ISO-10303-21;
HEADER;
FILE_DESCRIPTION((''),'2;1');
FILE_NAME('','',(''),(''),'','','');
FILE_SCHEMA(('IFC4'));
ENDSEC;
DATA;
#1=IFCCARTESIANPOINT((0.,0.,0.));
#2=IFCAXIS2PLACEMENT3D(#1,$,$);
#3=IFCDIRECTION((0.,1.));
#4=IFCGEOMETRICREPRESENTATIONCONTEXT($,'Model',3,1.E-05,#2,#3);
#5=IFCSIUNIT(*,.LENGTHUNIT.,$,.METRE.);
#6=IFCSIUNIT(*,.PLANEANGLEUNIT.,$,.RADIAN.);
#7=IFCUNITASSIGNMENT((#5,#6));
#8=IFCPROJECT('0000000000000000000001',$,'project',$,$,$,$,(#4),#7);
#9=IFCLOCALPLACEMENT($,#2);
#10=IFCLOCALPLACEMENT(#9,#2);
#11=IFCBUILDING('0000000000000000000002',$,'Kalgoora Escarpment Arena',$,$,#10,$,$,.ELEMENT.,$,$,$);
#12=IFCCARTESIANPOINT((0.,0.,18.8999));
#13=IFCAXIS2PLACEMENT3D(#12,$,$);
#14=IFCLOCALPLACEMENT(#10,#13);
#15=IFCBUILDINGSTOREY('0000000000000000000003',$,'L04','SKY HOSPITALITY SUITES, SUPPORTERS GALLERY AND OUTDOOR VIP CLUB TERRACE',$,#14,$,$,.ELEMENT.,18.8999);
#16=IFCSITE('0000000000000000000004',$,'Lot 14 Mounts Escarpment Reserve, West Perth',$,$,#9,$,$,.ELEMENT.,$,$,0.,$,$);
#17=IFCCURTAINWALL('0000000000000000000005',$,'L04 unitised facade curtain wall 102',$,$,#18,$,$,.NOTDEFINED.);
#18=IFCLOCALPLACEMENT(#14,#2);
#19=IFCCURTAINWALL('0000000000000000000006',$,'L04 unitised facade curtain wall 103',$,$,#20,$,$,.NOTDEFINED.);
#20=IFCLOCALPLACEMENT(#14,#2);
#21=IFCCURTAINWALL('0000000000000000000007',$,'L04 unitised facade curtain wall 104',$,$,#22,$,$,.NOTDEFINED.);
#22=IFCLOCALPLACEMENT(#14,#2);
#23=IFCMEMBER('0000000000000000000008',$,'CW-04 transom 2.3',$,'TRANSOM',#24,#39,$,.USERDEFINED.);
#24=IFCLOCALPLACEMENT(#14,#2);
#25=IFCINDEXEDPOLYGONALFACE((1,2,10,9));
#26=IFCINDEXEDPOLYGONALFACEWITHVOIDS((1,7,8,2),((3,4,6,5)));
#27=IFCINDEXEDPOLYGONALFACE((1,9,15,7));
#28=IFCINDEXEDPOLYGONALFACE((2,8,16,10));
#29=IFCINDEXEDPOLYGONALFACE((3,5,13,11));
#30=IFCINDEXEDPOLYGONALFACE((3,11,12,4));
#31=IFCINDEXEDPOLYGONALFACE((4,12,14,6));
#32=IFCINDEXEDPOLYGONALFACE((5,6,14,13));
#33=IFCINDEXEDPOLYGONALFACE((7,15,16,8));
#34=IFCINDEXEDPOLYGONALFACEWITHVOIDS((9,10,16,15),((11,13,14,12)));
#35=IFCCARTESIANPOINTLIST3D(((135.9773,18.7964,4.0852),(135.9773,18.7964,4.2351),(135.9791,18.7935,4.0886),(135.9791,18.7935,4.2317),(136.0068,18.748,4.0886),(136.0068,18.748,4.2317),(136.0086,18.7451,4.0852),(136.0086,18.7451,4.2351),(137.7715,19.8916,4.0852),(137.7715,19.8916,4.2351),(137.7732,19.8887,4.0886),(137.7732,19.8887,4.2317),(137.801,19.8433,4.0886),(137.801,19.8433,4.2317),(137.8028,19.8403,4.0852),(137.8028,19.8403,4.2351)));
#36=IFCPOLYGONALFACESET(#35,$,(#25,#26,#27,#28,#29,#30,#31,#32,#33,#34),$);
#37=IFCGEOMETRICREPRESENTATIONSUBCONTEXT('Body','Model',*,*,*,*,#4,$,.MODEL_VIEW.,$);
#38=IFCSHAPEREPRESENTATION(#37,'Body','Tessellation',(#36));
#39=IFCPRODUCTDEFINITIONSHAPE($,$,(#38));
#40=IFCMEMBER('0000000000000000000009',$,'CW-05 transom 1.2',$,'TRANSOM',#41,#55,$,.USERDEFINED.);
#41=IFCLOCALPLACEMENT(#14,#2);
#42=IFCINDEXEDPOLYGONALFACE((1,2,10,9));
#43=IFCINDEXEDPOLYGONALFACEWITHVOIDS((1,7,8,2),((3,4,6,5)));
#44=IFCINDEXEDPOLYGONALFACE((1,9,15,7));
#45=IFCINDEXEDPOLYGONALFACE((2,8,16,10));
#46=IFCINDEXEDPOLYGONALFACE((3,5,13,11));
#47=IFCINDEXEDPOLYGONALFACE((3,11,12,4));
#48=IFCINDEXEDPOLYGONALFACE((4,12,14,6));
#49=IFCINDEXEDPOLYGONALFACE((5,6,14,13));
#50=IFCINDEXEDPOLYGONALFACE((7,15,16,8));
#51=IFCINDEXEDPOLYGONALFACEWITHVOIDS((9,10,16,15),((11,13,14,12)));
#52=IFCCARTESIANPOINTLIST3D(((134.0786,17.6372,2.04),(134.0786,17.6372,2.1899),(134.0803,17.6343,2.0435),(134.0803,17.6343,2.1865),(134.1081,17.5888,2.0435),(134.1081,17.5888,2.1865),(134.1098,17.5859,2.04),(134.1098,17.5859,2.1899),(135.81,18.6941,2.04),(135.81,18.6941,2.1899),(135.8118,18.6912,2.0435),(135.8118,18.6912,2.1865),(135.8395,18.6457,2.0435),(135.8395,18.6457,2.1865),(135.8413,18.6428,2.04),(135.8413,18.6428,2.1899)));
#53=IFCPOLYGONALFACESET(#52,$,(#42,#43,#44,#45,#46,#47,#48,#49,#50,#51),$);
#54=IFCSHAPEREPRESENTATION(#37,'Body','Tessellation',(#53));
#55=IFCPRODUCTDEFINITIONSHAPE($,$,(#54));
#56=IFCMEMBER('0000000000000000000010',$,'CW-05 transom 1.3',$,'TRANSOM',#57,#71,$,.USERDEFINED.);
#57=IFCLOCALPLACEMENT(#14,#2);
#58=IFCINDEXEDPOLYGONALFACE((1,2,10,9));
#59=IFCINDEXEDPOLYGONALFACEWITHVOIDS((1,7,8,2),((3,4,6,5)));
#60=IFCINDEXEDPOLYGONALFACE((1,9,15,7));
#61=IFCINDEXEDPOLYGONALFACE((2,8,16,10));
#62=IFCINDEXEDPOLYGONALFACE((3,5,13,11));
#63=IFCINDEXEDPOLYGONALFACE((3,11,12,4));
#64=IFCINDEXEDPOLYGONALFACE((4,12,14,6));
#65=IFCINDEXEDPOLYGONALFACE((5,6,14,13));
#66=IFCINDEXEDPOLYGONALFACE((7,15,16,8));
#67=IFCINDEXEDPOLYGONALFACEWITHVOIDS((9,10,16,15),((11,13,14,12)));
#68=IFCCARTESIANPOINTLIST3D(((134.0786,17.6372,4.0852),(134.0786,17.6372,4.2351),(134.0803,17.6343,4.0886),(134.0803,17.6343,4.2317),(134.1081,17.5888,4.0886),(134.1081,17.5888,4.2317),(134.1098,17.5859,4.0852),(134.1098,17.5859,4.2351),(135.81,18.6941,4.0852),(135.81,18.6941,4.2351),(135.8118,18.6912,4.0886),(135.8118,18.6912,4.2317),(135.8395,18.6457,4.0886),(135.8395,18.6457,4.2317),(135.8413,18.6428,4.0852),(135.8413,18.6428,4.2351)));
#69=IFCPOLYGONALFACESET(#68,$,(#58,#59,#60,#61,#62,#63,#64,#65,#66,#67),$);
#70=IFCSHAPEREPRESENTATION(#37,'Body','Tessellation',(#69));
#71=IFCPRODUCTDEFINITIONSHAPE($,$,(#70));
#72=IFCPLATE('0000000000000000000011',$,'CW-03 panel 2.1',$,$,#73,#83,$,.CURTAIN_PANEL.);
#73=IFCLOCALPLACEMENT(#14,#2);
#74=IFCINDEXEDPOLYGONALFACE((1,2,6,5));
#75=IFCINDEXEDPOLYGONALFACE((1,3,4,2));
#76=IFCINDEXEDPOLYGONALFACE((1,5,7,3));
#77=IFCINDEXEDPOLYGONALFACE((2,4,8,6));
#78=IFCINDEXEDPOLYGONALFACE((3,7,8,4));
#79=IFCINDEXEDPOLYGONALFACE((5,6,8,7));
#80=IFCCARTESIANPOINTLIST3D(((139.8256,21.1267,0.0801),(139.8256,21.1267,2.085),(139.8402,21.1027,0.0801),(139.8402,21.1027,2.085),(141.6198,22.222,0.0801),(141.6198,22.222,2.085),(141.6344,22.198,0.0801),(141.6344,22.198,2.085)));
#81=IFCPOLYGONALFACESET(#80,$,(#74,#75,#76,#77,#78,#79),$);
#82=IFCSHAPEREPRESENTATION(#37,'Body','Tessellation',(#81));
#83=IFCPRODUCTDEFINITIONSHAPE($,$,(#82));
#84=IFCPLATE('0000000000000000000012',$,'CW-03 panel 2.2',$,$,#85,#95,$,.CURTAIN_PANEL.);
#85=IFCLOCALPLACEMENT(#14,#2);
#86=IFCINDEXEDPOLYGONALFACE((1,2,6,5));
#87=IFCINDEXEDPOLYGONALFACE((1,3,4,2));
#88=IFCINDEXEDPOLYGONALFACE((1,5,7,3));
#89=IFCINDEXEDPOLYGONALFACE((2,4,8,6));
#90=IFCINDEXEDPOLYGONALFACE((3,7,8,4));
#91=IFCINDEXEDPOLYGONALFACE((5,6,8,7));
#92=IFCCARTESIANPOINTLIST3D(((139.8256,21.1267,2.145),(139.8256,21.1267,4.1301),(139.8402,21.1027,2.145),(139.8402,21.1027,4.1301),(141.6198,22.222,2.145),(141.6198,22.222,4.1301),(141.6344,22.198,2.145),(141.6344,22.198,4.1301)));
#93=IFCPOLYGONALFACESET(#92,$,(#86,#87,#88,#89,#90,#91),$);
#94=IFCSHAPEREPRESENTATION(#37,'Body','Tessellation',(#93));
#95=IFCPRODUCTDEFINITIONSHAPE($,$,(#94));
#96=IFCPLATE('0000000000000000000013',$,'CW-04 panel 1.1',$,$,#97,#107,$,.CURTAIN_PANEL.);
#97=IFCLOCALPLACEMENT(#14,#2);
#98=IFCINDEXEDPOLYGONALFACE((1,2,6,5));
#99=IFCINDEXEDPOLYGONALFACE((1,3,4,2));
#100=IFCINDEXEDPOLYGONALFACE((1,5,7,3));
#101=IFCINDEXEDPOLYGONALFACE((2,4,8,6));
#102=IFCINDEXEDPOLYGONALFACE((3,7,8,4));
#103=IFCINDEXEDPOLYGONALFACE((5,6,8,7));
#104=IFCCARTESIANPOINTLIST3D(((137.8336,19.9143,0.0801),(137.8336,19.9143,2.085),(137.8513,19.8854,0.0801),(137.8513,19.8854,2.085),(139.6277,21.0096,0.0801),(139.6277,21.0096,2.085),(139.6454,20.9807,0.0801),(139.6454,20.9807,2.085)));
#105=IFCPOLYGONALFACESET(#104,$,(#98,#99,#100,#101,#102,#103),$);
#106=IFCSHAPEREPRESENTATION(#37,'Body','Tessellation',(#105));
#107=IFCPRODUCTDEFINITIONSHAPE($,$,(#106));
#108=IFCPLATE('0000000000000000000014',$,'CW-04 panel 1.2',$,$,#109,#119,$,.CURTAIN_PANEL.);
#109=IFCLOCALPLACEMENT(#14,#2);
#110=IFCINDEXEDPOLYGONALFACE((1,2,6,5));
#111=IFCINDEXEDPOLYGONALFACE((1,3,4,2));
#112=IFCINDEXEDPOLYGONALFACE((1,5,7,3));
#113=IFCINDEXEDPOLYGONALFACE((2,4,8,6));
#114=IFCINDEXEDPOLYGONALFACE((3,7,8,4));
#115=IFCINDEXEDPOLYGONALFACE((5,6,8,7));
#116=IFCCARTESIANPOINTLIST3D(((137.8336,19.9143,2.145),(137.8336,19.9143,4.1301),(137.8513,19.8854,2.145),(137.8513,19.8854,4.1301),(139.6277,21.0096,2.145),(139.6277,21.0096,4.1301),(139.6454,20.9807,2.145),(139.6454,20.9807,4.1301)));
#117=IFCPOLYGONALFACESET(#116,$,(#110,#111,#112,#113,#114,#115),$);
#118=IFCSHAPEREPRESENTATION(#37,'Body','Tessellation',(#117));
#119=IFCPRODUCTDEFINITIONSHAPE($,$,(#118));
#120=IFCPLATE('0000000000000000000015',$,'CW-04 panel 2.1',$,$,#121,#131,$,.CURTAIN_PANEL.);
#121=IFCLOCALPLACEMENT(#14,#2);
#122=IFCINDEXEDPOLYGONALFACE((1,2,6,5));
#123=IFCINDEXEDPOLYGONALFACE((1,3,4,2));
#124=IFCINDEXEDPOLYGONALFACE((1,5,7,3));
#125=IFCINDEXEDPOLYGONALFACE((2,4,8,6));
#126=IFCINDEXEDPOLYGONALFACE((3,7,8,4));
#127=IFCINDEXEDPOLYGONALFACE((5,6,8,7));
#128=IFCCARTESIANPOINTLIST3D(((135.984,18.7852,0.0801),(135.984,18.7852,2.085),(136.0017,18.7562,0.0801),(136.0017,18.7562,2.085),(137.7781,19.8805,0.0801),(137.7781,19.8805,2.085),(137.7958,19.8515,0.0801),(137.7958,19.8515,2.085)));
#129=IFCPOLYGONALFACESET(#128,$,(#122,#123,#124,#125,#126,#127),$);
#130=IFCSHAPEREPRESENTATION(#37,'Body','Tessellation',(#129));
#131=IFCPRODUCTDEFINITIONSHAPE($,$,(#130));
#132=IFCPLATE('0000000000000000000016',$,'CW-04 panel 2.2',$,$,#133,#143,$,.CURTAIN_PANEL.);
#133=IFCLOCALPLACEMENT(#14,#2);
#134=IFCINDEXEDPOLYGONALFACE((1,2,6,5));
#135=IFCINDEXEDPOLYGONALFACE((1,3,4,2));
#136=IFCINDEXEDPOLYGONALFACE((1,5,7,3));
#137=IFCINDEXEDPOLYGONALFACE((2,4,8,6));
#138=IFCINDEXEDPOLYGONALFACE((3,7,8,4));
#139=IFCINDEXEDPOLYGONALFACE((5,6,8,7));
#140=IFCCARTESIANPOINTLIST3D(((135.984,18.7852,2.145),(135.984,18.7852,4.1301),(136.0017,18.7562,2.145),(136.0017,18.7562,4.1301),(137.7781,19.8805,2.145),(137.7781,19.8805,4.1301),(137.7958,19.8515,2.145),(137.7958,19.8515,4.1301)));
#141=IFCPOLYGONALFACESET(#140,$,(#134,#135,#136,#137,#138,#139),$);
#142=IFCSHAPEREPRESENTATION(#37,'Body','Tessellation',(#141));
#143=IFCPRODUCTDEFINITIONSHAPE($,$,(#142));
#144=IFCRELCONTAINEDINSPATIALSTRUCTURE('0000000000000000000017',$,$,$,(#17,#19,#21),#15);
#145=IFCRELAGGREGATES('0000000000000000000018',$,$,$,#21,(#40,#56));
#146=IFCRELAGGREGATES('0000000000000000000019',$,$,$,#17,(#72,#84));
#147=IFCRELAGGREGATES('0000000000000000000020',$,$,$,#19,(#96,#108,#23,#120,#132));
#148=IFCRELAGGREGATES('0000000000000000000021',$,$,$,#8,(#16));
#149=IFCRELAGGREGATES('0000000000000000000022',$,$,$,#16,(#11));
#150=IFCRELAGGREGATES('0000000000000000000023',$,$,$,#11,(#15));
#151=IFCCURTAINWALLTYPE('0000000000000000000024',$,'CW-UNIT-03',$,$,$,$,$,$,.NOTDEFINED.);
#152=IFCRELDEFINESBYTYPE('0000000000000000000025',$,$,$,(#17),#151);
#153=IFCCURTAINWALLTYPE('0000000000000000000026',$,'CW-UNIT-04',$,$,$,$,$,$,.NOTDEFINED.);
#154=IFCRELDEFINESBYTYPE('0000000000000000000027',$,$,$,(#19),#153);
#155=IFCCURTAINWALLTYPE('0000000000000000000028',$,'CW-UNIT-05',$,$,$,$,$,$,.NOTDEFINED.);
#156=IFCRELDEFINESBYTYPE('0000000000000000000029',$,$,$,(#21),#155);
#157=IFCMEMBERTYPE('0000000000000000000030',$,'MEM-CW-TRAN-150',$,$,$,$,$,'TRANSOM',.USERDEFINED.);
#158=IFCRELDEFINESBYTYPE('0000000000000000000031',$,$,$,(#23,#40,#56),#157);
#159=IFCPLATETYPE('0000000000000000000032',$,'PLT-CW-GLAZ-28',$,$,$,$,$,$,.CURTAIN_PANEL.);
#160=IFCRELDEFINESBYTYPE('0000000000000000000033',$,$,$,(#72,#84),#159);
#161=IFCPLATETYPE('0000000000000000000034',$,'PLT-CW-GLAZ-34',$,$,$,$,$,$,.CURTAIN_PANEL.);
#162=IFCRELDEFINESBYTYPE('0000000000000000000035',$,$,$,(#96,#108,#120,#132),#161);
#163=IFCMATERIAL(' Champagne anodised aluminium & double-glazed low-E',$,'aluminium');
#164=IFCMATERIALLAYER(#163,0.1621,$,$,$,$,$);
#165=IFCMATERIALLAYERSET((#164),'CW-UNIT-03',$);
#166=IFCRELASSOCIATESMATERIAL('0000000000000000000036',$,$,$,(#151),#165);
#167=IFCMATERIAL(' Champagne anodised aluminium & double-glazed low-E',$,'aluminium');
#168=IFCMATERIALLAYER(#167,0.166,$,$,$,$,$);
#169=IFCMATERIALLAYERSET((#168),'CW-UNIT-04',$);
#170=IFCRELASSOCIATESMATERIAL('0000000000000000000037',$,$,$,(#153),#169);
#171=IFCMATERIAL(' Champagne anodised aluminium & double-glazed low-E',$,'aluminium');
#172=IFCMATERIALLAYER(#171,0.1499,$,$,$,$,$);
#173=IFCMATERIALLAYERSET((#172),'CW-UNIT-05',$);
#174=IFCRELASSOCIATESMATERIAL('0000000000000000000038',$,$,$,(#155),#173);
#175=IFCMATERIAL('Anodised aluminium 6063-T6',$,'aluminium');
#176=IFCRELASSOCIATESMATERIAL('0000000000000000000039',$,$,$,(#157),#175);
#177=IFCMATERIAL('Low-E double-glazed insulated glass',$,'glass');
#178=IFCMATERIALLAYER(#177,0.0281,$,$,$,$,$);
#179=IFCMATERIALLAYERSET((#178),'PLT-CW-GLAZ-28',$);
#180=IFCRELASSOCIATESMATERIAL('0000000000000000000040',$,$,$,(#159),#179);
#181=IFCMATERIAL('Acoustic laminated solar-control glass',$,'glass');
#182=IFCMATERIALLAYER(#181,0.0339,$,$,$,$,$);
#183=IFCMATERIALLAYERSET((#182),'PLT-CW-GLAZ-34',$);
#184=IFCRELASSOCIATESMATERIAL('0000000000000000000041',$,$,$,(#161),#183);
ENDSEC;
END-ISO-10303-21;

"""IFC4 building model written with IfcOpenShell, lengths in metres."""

from ifc_helpers import new_model, si_unit, direction, frame, origin, origin_2d, place, context, subcontext, project, spatial, rectangle, hollow_rectangle, extrude, material, layer, layer_set, material_profile, profile_set, type_object, element, aggregate, save


model = new_model("IFC4")

# Units and contexts
model_context = context("Model", 3, precision=1e-05, world=origin(), true_north=direction((0.0, 1.0)))
body_context = subcontext(model_context, "Body", "Model", "MODEL_VIEW")
ifc_project = project(units=[si_unit("LENGTHUNIT", "METRE"), si_unit("PLANEANGLEUNIT", "RADIAN")], contexts=[model_context])

# Site, building, storey
site_placement = place(None, origin())
site = spatial("IfcSite", under=ifc_project, at=site_placement, Name="Lot 14 Mounts Escarpment Reserve, West Perth", CompositionType="ELEMENT", RefElevation=0.0)
building_placement = place(site_placement, origin())
building = spatial("IfcBuilding", under=site, at=building_placement, Name="Kalgoora Escarpment Arena", CompositionType="ELEMENT")
storey_placement = place(building_placement, frame((0.0, 0.0, 18.8999)))
storey = spatial("IfcBuildingStorey", under=building, at=storey_placement, Name="L04", Description="SKY HOSPITALITY SUITES, SUPPORTERS GALLERY AND OUTDOOR VIP CLUB TERRACE", CompositionType="ELEMENT", Elevation=18.8999)

# Curtain wall
ifc_material_1 = material(Name=" Champagne anodised aluminium & double-glazed low-E", Category="aluminium")
ifc_layer_1 = layer(ifc_material_1, 0.1621)
ifc_layer_set_1 = layer_set([ifc_layer_1], Name="CW-UNIT-03")
curtain_wall_type_1 = type_object("IfcCurtainWallType", Name="CW-UNIT-03", PredefinedType="NOTDEFINED", material=ifc_layer_set_1)
curtain_wall_1_placement = place(storey_placement, origin())
curtain_wall_1 = element("IfcCurtainWall", 1, at=curtain_wall_1_placement, inside=storey, type_object=curtain_wall_type_1, Name="L04 unitised facade curtain wall 102", PredefinedType="NOTDEFINED")

# Curtain wall
ifc_material_2 = material(Name=" Champagne anodised aluminium & double-glazed low-E", Category="aluminium")
ifc_layer_2 = layer(ifc_material_2, 0.166)
ifc_layer_set_2 = layer_set([ifc_layer_2], Name="CW-UNIT-04")
curtain_wall_type_2 = type_object("IfcCurtainWallType", Name="CW-UNIT-04", PredefinedType="NOTDEFINED", material=ifc_layer_set_2)
curtain_wall_2_placement = place(storey_placement, origin())
curtain_wall_2 = element("IfcCurtainWall", 2, at=curtain_wall_2_placement, inside=storey, type_object=curtain_wall_type_2, Name="L04 unitised facade curtain wall 103", PredefinedType="NOTDEFINED")

# Curtain wall
ifc_material_3 = material(Name=" Champagne anodised aluminium & double-glazed low-E", Category="aluminium")
ifc_layer_3 = layer(ifc_material_3, 0.1499)
ifc_layer_set_3 = layer_set([ifc_layer_3], Name="CW-UNIT-05")
curtain_wall_type_3 = type_object("IfcCurtainWallType", Name="CW-UNIT-05", PredefinedType="NOTDEFINED", material=ifc_layer_set_3)
curtain_wall_3_placement = place(storey_placement, origin())
curtain_wall_3 = element("IfcCurtainWall", 3, at=curtain_wall_3_placement, inside=storey, type_object=curtain_wall_type_3, Name="L04 unitised facade curtain wall 104", PredefinedType="NOTDEFINED")

# Members
ifc_material_4 = material(Name="Anodised aluminium 6063-T6", Category="aluminium")
ifc_material_profile_1 = material_profile(ifc_material_4, hollow_rectangle(XDim=0.0601, YDim=0.1499, WallThickness=0.0034, at=origin_2d()))
ifc_profile_set_1 = profile_set([ifc_material_profile_1], Name="Anodised aluminium 6063-T6")
member_type_1 = type_object("IfcMemberType", Name="MEM-CW-TRAN-150", ElementType="TRANSOM", PredefinedType="USERDEFINED", material=ifc_profile_set_1)
member_1_placement = place(storey_placement, frame((137.7871, 19.866, 4.1602), z_axis=(-0.853543, -0.521022, 0.0), x_axis=(0.521022, -0.853543, 0.0)))
member_1 = element("IfcMember", 4, at=member_1_placement, type_object=member_type_1, Name="CW-04 transom 2.3", ObjectType="TRANSOM", PredefinedType="USERDEFINED", context=body_context, shape_type="SweptSolid", body=[
    extrude(hollow_rectangle(XDim=0.0601, YDim=0.1499, WallThickness=0.0034, at=origin_2d()), origin(), (0.0, 0.0, 1.0), 2.1021),
])
member_2_placement = place(storey_placement, frame((135.8257, 18.6685, 2.115), z_axis=(-0.853549, -0.521012, 0.0), x_axis=(0.521012, -0.853549, 0.0)))
member_2 = element("IfcMember", 5, at=member_2_placement, type_object=member_type_1, Name="CW-05 transom 1.2", ObjectType="TRANSOM", PredefinedType="USERDEFINED", context=body_context, shape_type="SweptSolid", body=[
    extrude(hollow_rectangle(XDim=0.0601, YDim=0.1499, WallThickness=0.0034, at=origin_2d()), origin(), (0.0, 0.0, 1.0), 2.0286),
])
member_3_placement = place(storey_placement, frame((135.8257, 18.6685, 4.1602), z_axis=(-0.853549, -0.521012, 0.0), x_axis=(0.521012, -0.853549, 0.0)))
member_3 = element("IfcMember", 6, at=member_3_placement, type_object=member_type_1, Name="CW-05 transom 1.3", ObjectType="TRANSOM", PredefinedType="USERDEFINED", context=body_context, shape_type="SweptSolid", body=[
    extrude(hollow_rectangle(XDim=0.0601, YDim=0.1499, WallThickness=0.0034, at=origin_2d()), origin(), (0.0, 0.0, 1.0), 2.0286),
])
aggregate(curtain_wall_3, [member_2, member_3])

# Plates
ifc_material_5 = material(Name="Low-E double-glazed insulated glass", Category="glass")
ifc_layer_4 = layer(ifc_material_5, 0.0281)
ifc_layer_set_4 = layer_set([ifc_layer_4], Name="PLT-CW-GLAZ-28")
plate_type_1 = type_object("IfcPlateType", Name="PLT-CW-GLAZ-28", PredefinedType="CURTAIN_PANEL", material=ifc_layer_set_4)
plate_1_placement = place(storey_placement, frame((140.73, 21.6624, 0.0801), z_axis=(0.0, 0.0, 1.0), x_axis=(-0.853532, -0.52104, 0.0)))
plate_1 = element("IfcPlate", 7, at=plate_1_placement, type_object=plate_type_1, Name="CW-03 panel 2.1", PredefinedType="CURTAIN_PANEL", context=body_context, shape_type="SweptSolid", body=[
    extrude(rectangle(XDim=2.1021, YDim=0.0281, at=origin_2d()), origin(), (0.0, 0.0, 1.0), 2.0049),
])
plate_2_placement = place(storey_placement, frame((140.73, 21.6624, 2.145), z_axis=(0.0, 0.0, 1.0), x_axis=(-0.853532, -0.52104, 0.0)))
plate_2 = element("IfcPlate", 8, at=plate_2_placement, type_object=plate_type_1, Name="CW-03 panel 2.2", PredefinedType="CURTAIN_PANEL", context=body_context, shape_type="SweptSolid", body=[
    extrude(rectangle(XDim=2.1021, YDim=0.0281, at=origin_2d()), origin(), (0.0, 0.0, 1.0), 1.9851),
])
aggregate(curtain_wall_1, [plate_1, plate_2])
ifc_material_6 = material(Name="Acoustic laminated solar-control glass", Category="glass")
ifc_layer_5 = layer(ifc_material_6, 0.0339)
ifc_layer_set_5 = layer_set([ifc_layer_5], Name="PLT-CW-GLAZ-34")
plate_type_2 = type_object("IfcPlateType", Name="PLT-CW-GLAZ-34", PredefinedType="CURTAIN_PANEL", material=ifc_layer_set_5)
plate_3_placement = place(storey_placement, frame((138.7395, 20.4475, 0.0801), z_axis=(0.0, 0.0, 1.0), x_axis=(-0.853516, -0.521067, 0.0)))
plate_3 = element("IfcPlate", 9, at=plate_3_placement, type_object=plate_type_2, Name="CW-04 panel 1.1", PredefinedType="CURTAIN_PANEL", context=body_context, shape_type="SweptSolid", body=[
    extrude(rectangle(XDim=2.1021, YDim=0.0339, at=origin_2d()), origin(), (0.0, 0.0, 1.0), 2.0049),
])
plate_4_placement = place(storey_placement, frame((138.7395, 20.4475, 2.145), z_axis=(0.0, 0.0, 1.0), x_axis=(-0.853516, -0.521067, 0.0)))
plate_4 = element("IfcPlate", 10, at=plate_4_placement, type_object=plate_type_2, Name="CW-04 panel 1.2", PredefinedType="CURTAIN_PANEL", context=body_context, shape_type="SweptSolid", body=[
    extrude(rectangle(XDim=2.1021, YDim=0.0339, at=origin_2d()), origin(), (0.0, 0.0, 1.0), 1.9851),
])
plate_5_placement = place(storey_placement, frame((136.8899, 19.3184, 0.0801), z_axis=(0.0, 0.0, 1.0), x_axis=(-0.853516, -0.521067, 0.0)))
plate_5 = element("IfcPlate", 11, at=plate_5_placement, type_object=plate_type_2, Name="CW-04 panel 2.1", PredefinedType="CURTAIN_PANEL", context=body_context, shape_type="SweptSolid", body=[
    extrude(rectangle(XDim=2.1021, YDim=0.0339, at=origin_2d()), origin(), (0.0, 0.0, 1.0), 2.0049),
])
plate_6_placement = place(storey_placement, frame((136.8899, 19.3184, 2.145), z_axis=(0.0, 0.0, 1.0), x_axis=(-0.853516, -0.521067, 0.0)))
plate_6 = element("IfcPlate", 12, at=plate_6_placement, type_object=plate_type_2, Name="CW-04 panel 2.2", PredefinedType="CURTAIN_PANEL", context=body_context, shape_type="SweptSolid", body=[
    extrude(rectangle(XDim=2.1021, YDim=0.0339, at=origin_2d()), origin(), (0.0, 0.0, 1.0), 1.9851),
])
aggregate(curtain_wall_2, [plate_3, plate_4, member_1, plate_5, plate_6])

save(model, "model.ifc")
